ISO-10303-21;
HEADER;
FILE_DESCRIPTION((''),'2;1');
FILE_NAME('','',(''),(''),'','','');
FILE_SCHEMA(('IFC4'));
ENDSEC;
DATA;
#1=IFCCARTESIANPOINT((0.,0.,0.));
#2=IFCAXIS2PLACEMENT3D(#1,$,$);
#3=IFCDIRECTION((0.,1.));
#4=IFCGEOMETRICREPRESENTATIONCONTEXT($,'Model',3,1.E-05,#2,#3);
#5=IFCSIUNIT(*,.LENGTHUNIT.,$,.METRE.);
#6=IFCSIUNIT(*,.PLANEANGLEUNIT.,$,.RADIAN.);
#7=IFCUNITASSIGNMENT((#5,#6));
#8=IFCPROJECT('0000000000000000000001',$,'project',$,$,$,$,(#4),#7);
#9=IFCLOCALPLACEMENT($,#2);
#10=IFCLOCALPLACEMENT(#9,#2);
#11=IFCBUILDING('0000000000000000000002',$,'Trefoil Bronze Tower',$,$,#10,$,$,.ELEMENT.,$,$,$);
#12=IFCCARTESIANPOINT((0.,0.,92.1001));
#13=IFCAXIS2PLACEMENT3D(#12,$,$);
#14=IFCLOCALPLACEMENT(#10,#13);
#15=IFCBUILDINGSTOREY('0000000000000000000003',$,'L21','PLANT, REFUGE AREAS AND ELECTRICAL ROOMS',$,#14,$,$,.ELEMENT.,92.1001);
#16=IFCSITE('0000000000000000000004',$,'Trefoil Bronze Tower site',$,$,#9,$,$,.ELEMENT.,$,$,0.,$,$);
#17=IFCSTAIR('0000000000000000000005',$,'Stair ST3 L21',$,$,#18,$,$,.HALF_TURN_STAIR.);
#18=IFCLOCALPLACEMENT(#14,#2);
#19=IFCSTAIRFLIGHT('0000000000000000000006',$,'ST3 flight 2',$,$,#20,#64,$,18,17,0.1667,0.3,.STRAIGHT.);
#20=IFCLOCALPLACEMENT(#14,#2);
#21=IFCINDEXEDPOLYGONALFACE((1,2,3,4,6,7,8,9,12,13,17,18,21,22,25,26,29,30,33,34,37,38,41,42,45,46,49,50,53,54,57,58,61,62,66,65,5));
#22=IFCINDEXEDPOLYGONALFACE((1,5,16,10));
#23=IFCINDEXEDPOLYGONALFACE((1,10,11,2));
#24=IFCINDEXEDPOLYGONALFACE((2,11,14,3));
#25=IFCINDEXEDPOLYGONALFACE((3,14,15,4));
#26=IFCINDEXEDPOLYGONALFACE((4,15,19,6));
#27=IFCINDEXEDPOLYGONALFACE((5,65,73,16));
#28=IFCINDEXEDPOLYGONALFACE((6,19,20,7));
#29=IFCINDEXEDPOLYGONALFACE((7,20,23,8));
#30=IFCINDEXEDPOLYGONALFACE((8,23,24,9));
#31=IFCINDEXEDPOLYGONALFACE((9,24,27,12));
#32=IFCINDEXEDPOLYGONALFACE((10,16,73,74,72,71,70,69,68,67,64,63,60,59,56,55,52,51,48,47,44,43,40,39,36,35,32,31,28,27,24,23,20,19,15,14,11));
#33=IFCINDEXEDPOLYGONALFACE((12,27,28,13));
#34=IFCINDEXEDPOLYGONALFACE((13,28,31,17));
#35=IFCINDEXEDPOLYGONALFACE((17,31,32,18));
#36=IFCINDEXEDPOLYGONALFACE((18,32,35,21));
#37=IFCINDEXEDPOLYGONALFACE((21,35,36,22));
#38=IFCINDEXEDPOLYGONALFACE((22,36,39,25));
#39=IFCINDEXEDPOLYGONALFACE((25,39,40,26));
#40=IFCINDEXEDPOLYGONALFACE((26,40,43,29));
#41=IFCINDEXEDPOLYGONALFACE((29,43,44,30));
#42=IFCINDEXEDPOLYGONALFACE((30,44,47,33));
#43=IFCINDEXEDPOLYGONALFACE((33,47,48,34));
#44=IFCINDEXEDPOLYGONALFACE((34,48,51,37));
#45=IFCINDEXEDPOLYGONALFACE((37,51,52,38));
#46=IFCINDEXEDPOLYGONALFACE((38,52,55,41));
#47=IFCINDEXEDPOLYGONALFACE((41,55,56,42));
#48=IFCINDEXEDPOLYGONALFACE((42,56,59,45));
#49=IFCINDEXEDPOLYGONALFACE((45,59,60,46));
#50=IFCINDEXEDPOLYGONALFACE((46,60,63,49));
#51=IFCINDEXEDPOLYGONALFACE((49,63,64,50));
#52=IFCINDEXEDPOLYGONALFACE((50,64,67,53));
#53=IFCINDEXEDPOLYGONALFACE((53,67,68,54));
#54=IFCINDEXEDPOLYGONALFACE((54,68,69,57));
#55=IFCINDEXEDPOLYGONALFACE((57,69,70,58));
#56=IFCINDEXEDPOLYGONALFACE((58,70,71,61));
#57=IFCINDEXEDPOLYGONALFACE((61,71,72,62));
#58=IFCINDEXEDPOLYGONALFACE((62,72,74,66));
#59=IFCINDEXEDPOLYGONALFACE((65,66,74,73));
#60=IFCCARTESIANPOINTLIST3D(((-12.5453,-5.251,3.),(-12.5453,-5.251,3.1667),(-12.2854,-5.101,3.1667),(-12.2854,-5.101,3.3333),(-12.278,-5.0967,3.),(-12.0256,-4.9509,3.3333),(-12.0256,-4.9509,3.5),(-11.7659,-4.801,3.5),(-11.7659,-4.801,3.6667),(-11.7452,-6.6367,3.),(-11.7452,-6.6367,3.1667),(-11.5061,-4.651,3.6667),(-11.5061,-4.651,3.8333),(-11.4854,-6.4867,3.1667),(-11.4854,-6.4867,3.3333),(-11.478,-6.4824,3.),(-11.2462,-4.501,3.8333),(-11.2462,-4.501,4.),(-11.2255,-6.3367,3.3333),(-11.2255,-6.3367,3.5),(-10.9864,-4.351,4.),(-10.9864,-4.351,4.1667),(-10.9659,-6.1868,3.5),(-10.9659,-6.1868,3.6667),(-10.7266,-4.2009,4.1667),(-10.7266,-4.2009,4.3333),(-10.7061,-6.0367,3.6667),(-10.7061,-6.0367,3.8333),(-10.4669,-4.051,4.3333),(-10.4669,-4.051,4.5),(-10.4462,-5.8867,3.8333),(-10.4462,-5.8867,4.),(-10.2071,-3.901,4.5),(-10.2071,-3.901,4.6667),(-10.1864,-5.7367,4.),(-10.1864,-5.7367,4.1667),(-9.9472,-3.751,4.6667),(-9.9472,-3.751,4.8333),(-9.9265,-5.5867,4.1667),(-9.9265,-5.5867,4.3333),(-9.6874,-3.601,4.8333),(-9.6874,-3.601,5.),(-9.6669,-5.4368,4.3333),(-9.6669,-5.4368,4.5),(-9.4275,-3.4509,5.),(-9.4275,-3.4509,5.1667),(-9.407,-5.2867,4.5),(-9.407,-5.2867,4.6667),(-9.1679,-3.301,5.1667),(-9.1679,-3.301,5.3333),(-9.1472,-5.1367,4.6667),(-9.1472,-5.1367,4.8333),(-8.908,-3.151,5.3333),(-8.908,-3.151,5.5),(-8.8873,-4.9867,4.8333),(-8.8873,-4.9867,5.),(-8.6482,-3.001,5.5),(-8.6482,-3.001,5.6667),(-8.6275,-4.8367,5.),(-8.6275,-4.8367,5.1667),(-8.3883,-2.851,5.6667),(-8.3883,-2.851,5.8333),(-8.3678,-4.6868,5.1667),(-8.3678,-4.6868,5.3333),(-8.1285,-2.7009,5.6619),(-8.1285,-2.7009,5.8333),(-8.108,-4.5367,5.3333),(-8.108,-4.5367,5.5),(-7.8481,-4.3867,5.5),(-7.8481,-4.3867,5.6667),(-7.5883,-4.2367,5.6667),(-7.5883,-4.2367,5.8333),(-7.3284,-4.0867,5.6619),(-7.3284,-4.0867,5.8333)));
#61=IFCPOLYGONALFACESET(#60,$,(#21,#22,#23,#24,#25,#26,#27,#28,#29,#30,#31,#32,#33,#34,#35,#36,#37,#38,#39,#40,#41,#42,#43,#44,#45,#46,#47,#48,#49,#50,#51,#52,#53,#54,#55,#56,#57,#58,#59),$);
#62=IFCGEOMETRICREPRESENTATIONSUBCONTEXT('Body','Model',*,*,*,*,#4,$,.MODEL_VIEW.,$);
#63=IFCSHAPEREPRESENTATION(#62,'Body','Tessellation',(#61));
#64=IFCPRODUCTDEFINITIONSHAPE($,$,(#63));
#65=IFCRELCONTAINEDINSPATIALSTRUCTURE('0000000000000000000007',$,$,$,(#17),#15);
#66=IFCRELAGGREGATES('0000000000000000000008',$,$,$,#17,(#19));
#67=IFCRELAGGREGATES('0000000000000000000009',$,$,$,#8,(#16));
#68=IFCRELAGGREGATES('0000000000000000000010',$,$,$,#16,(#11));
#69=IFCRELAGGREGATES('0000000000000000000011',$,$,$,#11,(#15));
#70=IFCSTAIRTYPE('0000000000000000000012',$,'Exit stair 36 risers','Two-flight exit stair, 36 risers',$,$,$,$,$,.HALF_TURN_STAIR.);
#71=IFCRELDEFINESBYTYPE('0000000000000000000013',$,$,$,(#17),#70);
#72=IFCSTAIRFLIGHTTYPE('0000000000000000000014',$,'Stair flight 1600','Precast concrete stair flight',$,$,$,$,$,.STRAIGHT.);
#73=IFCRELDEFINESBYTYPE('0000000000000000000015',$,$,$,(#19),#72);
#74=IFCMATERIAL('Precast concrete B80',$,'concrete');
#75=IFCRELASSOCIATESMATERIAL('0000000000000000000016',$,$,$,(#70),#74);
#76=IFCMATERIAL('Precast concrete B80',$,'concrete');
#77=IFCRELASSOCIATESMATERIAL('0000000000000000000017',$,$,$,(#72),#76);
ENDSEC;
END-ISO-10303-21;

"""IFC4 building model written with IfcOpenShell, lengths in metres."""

from ifc_helpers import new_model, si_unit, direction, frame, origin, place, context, subcontext, project, spatial, polyline, outline, extrude, material, type_object, element, aggregate, save


model = new_model("IFC4")

# Units and contexts
model_context = context("Model", 3, precision=1e-05, world=origin(), true_north=direction((0.0, 1.0)))
body_context = subcontext(model_context, "Body", "Model", "MODEL_VIEW")
ifc_project = project(units=[si_unit("LENGTHUNIT", "METRE"), si_unit("PLANEANGLEUNIT", "RADIAN")], contexts=[model_context])

# Site, building, storey
site_placement = place(None, origin())
site = spatial("IfcSite", under=ifc_project, at=site_placement, Name="Trefoil Bronze Tower site", CompositionType="ELEMENT", RefElevation=0.0)
building_placement = place(site_placement, origin())
building = spatial("IfcBuilding", under=site, at=building_placement, Name="Trefoil Bronze Tower", CompositionType="ELEMENT")
storey_placement = place(building_placement, frame((0.0, 0.0, 92.1001)))
storey = spatial("IfcBuildingStorey", under=building, at=storey_placement, Name="L21", Description="PLANT, REFUGE AREAS AND ELECTRICAL ROOMS", CompositionType="ELEMENT", Elevation=92.1001)

# Stair, stair flight
ifc_material_1 = material(Name="Precast concrete B80", Category="concrete")
stair_type = type_object("IfcStairType", Name="Exit stair 36 risers", Description="Two-flight exit stair, 36 risers", PredefinedType="HALF_TURN_STAIR", material=ifc_material_1)
stair_placement = place(storey_placement, origin())
stair = element("IfcStair", 1, at=stair_placement, inside=storey, type_object=stair_type, Name="Stair ST3 L21", PredefinedType="HALF_TURN_STAIR")
ifc_material_2 = material(Name="Precast concrete B80", Category="concrete")
stair_flight_type = type_object("IfcStairFlightType", Name="Stair flight 1600", Description="Precast concrete stair flight", PredefinedType="STRAIGHT", material=ifc_material_2)
stair_flight_1_placement = place(storey_placement, frame((-12.1453, -5.9438, 3.0), z_axis=(0.0, 0.0, 1.0), x_axis=(0.866025, 0.5, 0.0)))
stair_flight_1 = element("IfcStairFlight", 2, at=stair_flight_1_placement, type_object=stair_flight_type, Name="ST3 flight 2", NumberOfRisers=18, NumberOfTreads=17, PredefinedType="STRAIGHT", RiserHeight=0.1667, TreadLength=0.3, context=body_context, shape_type="SweptSolid", body=[
    extrude(outline(polyline([(0.0, 0.0), (0.0, 0.1667), (0.3, 0.1667), (0.3, 0.3333), (0.6001, 0.3333), (0.6001, 0.5), (0.8999, 0.5), (0.8999, 0.6667), (1.2, 0.6667), (1.2, 0.8333), (1.5, 0.8333), (1.5, 1.0), (1.8, 1.0), (1.8, 1.1667), (2.1001, 1.1667), (2.1001, 1.3333), (2.3999, 1.3333), (2.3999, 1.5), (2.7, 1.5), (2.7, 1.6667), (3.0, 1.6667), (3.0, 1.8333), (3.3, 1.8333), (3.3, 2.0), (3.6001, 2.0), (3.6001, 2.1667), (3.8999, 2.1667), (3.8999, 2.3333), (4.2, 2.3333), (4.2, 2.5), (4.5, 2.5), (4.5, 2.6667), (4.8, 2.6667), (4.8, 2.8333), (5.1001, 2.8333), (5.1001, 3.0), (5.1001, 2.6619), (0.3086, 0.0), (0.0, 0.0)])), frame((0.0, 0.8, 0.0), z_axis=(0.0, -1.0, 0.0), x_axis=(1.0, 0.0, 0.0)), (0.0, 0.0, 1.0), 1.6001),
])
aggregate(stair, [stair_flight_1])

save(model, "model.ifc")
